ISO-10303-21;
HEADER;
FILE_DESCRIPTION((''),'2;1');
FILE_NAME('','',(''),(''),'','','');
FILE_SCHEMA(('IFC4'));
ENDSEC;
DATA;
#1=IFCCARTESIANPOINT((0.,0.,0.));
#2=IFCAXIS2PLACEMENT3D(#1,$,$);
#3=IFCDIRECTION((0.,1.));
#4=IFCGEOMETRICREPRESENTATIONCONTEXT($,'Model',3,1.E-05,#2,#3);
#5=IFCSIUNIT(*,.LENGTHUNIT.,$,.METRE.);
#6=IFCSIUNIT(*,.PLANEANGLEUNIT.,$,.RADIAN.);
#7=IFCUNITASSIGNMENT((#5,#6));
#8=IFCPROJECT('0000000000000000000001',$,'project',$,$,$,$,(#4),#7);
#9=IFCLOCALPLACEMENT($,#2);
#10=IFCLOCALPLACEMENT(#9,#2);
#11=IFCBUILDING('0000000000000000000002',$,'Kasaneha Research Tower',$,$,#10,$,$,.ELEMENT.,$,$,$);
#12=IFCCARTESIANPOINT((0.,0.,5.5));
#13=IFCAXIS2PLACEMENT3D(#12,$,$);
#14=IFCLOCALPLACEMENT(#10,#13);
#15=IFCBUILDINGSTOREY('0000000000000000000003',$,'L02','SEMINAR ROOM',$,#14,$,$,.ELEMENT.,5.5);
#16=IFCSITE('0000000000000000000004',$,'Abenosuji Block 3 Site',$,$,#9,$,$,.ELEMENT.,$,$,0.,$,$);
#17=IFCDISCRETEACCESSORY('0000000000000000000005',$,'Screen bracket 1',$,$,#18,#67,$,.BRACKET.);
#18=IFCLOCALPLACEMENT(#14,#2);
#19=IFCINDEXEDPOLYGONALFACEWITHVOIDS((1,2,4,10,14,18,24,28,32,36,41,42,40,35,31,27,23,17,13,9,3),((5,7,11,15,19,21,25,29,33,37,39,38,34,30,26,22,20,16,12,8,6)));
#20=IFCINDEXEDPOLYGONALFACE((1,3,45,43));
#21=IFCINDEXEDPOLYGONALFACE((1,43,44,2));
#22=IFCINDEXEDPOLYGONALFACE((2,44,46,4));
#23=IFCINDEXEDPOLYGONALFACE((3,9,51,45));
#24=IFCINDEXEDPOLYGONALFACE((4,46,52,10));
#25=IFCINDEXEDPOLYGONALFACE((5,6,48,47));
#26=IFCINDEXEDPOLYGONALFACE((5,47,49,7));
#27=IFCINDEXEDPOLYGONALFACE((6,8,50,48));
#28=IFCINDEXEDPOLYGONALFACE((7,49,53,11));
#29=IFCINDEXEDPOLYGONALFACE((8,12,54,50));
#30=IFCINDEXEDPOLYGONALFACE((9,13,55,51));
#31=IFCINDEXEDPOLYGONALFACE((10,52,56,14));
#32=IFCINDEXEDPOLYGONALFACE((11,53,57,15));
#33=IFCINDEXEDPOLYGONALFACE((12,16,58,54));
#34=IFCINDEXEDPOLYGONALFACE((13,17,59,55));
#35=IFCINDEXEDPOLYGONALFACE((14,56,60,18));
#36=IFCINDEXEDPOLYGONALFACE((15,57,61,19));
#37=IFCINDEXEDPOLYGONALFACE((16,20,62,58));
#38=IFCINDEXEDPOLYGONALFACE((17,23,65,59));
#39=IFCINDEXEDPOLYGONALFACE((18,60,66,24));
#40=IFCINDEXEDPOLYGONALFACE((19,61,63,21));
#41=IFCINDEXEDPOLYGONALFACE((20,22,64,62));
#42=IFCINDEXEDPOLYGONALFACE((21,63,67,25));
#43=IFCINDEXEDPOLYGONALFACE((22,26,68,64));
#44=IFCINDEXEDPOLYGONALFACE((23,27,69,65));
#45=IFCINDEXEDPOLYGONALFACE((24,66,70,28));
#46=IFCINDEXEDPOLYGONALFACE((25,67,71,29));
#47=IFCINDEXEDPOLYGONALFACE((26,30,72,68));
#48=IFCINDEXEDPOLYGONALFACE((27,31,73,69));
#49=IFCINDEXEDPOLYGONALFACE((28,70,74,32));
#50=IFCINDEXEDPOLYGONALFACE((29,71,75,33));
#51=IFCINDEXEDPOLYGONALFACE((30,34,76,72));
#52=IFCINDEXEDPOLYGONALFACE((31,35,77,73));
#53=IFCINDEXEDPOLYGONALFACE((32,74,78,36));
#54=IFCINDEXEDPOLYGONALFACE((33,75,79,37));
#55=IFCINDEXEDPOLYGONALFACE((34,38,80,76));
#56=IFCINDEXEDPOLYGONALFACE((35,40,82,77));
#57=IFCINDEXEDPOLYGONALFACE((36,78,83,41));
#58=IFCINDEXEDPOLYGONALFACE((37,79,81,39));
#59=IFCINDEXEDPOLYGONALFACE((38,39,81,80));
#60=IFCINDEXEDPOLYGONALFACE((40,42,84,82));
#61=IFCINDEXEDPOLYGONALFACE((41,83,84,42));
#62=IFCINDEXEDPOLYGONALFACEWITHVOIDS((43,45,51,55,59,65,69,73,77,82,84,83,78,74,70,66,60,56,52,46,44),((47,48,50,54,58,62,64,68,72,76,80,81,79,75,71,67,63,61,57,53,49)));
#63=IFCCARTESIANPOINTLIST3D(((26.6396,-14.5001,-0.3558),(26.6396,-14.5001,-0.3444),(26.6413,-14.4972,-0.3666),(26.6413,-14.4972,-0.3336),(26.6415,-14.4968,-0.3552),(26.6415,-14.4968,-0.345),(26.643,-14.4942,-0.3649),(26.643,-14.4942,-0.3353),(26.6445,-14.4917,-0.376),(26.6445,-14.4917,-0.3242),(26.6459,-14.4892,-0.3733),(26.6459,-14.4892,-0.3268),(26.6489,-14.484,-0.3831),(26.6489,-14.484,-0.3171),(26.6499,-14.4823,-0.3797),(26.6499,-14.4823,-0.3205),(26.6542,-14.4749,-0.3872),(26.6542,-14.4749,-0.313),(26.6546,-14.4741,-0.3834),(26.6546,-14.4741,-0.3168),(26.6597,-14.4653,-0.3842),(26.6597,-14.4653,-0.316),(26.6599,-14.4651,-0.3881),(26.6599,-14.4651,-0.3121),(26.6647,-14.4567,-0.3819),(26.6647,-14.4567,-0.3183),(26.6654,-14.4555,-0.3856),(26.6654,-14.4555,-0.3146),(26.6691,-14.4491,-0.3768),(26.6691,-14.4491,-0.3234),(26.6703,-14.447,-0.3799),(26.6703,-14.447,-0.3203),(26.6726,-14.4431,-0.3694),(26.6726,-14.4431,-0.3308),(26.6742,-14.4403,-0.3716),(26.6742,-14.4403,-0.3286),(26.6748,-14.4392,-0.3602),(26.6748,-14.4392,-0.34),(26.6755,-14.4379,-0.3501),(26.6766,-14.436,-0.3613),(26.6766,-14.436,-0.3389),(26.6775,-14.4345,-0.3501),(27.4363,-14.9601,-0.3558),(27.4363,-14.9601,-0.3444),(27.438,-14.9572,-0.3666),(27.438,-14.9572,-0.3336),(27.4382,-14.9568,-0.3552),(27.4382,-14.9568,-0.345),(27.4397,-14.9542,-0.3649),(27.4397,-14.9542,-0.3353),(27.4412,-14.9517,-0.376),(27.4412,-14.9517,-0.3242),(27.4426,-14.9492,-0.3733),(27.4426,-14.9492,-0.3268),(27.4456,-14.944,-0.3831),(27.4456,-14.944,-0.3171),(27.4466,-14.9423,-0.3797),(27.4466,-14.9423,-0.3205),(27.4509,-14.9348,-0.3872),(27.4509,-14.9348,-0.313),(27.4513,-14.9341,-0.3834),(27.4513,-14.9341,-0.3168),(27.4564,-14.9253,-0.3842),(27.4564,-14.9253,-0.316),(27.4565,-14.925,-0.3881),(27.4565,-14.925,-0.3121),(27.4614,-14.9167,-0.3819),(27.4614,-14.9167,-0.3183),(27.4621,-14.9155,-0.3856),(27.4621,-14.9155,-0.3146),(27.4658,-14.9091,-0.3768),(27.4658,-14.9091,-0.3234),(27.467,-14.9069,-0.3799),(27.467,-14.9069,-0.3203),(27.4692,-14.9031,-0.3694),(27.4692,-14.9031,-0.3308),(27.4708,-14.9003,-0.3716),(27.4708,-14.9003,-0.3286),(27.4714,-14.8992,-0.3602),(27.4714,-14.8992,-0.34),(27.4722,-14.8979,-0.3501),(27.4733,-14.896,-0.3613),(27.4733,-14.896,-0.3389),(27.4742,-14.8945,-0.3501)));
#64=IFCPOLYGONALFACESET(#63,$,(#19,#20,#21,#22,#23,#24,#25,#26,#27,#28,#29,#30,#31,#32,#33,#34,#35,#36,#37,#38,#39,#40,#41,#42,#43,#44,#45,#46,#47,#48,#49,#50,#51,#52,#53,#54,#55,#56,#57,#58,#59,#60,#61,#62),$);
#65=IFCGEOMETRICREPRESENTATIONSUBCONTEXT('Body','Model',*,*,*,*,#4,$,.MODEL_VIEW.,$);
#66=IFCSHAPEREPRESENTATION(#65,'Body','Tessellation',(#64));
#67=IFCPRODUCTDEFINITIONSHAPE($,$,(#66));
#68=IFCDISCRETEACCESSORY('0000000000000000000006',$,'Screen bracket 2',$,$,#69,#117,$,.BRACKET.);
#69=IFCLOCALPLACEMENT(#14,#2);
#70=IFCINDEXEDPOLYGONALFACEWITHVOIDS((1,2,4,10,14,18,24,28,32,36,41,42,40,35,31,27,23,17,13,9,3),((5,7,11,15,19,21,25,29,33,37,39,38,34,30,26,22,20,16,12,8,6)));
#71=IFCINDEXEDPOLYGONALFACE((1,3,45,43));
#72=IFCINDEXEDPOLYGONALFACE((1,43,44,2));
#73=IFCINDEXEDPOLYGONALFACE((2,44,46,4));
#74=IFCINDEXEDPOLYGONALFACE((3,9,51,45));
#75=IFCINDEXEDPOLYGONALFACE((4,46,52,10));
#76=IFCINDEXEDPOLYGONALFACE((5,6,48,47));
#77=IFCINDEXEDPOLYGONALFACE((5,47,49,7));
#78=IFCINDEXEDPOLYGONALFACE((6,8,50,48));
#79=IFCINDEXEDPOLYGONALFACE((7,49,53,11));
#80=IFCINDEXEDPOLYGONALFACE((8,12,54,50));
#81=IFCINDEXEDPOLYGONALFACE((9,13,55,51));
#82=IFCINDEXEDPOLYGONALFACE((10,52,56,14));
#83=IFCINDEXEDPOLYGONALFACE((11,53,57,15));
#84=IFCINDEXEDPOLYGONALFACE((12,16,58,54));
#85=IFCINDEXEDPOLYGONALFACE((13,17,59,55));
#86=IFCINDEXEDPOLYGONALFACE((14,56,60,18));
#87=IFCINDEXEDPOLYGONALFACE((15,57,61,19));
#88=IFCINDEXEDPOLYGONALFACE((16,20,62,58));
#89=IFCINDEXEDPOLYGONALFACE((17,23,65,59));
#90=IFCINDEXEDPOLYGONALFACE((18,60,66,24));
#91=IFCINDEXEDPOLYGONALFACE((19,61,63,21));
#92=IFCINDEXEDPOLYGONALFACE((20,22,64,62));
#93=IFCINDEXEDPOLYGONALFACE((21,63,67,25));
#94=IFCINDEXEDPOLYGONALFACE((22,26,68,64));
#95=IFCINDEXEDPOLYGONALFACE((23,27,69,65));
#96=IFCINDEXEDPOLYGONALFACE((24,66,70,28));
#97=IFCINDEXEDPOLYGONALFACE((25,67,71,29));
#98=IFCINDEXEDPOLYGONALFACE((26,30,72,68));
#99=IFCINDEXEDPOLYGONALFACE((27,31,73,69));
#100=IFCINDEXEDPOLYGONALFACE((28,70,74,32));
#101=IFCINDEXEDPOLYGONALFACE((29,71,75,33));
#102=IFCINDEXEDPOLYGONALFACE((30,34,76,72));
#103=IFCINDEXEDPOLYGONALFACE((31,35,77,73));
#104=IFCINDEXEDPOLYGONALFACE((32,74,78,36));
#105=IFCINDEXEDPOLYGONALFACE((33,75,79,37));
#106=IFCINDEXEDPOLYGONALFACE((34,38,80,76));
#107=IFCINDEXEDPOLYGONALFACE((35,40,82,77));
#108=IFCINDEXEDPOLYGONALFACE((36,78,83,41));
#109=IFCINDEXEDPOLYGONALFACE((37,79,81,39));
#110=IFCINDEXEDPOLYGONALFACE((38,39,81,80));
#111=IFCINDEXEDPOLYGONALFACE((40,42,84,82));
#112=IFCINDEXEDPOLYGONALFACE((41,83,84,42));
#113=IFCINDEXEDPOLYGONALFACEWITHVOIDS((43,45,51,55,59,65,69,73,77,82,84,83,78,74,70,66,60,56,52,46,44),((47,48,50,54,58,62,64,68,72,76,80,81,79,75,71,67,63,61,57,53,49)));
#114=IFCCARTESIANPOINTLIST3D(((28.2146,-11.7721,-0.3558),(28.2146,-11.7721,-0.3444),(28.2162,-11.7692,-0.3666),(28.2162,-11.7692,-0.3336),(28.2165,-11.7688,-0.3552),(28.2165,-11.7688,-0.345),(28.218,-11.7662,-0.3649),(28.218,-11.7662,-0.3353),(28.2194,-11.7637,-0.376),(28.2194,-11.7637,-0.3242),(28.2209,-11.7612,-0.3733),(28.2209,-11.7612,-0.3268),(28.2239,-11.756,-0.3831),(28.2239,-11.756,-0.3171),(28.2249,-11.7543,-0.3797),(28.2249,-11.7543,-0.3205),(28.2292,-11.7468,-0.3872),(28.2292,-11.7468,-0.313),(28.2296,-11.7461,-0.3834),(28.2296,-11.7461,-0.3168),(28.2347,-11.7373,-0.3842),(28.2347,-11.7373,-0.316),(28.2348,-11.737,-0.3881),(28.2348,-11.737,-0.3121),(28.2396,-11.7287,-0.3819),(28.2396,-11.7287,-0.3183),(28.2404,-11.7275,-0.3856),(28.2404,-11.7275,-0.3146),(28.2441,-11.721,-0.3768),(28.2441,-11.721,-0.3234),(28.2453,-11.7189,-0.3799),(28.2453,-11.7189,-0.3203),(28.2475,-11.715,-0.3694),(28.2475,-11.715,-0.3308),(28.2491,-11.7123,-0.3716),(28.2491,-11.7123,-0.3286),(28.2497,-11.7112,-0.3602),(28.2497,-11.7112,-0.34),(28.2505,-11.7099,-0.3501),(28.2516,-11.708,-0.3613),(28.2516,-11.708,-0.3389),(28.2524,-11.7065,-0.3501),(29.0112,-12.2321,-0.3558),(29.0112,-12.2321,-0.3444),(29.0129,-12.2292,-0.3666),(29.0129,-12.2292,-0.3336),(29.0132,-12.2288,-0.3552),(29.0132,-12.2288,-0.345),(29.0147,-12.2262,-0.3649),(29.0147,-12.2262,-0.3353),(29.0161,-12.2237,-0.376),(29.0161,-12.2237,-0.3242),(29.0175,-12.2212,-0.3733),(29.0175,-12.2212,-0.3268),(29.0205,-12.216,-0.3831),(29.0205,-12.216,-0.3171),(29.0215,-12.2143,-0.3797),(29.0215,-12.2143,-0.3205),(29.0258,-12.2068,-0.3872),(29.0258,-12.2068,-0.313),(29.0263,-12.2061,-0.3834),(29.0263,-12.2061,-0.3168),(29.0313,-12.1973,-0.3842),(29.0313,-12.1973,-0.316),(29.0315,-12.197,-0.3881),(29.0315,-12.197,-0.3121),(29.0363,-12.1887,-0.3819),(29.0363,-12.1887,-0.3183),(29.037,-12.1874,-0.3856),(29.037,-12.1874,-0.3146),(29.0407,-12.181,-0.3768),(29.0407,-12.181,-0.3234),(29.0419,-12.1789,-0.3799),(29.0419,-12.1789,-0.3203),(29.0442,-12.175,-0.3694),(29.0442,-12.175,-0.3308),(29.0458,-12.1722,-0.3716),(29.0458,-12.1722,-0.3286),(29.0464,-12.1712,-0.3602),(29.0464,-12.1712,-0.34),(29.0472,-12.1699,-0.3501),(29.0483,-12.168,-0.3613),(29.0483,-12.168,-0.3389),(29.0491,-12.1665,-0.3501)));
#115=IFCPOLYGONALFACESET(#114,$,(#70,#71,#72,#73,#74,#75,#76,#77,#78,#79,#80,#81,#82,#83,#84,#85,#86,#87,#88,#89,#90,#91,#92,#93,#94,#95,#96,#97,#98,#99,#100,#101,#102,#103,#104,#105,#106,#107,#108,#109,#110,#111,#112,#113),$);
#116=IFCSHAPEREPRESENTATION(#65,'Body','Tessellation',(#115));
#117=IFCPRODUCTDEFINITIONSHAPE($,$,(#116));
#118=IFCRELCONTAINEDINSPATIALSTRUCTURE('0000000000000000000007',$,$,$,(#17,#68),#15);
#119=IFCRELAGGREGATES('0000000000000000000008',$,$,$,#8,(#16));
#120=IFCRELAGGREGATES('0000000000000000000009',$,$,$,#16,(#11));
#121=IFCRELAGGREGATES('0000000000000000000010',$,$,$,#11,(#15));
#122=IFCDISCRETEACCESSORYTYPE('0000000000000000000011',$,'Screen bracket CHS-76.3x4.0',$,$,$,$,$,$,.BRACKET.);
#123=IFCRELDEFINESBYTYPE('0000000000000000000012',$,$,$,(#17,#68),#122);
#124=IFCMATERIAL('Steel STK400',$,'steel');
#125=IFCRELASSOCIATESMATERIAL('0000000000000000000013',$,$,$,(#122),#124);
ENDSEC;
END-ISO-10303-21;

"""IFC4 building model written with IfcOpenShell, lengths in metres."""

from ifc_helpers import new_model, si_unit, direction, frame, origin, origin_2d, place, context, subcontext, project, spatial, hollow_circle, extrude, material, material_profile, profile_set, type_object, element, save


model = new_model("IFC4")

# Units and contexts
model_context = context("Model", 3, precision=1e-05, world=origin(), true_north=direction((0.0, 1.0)))
body_context = subcontext(model_context, "Body", "Model", "MODEL_VIEW")
ifc_project = project(units=[si_unit("LENGTHUNIT", "METRE"), si_unit("PLANEANGLEUNIT", "RADIAN")], contexts=[model_context])

# Site, building, storey
site_placement = place(None, origin())
site = spatial("IfcSite", under=ifc_project, at=site_placement, Name="Abenosuji Block 3 Site", CompositionType="ELEMENT", RefElevation=0.0)
building_placement = place(site_placement, origin())
building = spatial("IfcBuilding", under=site, at=building_placement, Name="Kasaneha Research Tower", CompositionType="ELEMENT")
storey_placement = place(building_placement, frame((0.0, 0.0, 5.5)))
storey = spatial("IfcBuildingStorey", under=building, at=storey_placement, Name="L02", Description="SEMINAR ROOM", CompositionType="ELEMENT", Elevation=5.5)

# Discrete accessories
ifc_material_1 = material(Name="Steel STK400", Category="steel")
ifc_material_profile_1 = material_profile(ifc_material_1, hollow_circle(Radius=0.0381, WallThickness=0.0039, at=origin_2d()), Name="CHS-76.3x4.0")
ifc_profile_set_1 = profile_set([ifc_material_profile_1], Name="Steel STK400")
discrete_accessory_type = type_object("IfcDiscreteAccessoryType", Name="Screen bracket CHS-76.3x4.0", PredefinedType="BRACKET", material=ifc_profile_set_1)
for number, where, z_axis, x_axis, name in (
    (1, (26.6584, -14.4675, -0.3501), (0.866013, -0.500021, 0.0), (0.500021, 0.866013, 0.0), "Screen bracket 1"),
    (2, (28.2334, -11.7395, -0.3501), (0.866013, -0.500021, 0.0), (0.500021, 0.866013, 0.0), "Screen bracket 2"),
):
    element("IfcDiscreteAccessory", number, at=place(storey_placement, frame(where, z_axis=z_axis, x_axis=x_axis)), inside=storey, type_object=discrete_accessory_type, Name=name, PredefinedType="BRACKET", context=body_context, shape_type="SweptSolid", body=[
        extrude(hollow_circle(Radius=0.0381, WallThickness=0.0039, at=origin_2d()), origin(), (0.0, 0.0, 1.0), 0.9199),
    ])

save(model, "model.ifc")
